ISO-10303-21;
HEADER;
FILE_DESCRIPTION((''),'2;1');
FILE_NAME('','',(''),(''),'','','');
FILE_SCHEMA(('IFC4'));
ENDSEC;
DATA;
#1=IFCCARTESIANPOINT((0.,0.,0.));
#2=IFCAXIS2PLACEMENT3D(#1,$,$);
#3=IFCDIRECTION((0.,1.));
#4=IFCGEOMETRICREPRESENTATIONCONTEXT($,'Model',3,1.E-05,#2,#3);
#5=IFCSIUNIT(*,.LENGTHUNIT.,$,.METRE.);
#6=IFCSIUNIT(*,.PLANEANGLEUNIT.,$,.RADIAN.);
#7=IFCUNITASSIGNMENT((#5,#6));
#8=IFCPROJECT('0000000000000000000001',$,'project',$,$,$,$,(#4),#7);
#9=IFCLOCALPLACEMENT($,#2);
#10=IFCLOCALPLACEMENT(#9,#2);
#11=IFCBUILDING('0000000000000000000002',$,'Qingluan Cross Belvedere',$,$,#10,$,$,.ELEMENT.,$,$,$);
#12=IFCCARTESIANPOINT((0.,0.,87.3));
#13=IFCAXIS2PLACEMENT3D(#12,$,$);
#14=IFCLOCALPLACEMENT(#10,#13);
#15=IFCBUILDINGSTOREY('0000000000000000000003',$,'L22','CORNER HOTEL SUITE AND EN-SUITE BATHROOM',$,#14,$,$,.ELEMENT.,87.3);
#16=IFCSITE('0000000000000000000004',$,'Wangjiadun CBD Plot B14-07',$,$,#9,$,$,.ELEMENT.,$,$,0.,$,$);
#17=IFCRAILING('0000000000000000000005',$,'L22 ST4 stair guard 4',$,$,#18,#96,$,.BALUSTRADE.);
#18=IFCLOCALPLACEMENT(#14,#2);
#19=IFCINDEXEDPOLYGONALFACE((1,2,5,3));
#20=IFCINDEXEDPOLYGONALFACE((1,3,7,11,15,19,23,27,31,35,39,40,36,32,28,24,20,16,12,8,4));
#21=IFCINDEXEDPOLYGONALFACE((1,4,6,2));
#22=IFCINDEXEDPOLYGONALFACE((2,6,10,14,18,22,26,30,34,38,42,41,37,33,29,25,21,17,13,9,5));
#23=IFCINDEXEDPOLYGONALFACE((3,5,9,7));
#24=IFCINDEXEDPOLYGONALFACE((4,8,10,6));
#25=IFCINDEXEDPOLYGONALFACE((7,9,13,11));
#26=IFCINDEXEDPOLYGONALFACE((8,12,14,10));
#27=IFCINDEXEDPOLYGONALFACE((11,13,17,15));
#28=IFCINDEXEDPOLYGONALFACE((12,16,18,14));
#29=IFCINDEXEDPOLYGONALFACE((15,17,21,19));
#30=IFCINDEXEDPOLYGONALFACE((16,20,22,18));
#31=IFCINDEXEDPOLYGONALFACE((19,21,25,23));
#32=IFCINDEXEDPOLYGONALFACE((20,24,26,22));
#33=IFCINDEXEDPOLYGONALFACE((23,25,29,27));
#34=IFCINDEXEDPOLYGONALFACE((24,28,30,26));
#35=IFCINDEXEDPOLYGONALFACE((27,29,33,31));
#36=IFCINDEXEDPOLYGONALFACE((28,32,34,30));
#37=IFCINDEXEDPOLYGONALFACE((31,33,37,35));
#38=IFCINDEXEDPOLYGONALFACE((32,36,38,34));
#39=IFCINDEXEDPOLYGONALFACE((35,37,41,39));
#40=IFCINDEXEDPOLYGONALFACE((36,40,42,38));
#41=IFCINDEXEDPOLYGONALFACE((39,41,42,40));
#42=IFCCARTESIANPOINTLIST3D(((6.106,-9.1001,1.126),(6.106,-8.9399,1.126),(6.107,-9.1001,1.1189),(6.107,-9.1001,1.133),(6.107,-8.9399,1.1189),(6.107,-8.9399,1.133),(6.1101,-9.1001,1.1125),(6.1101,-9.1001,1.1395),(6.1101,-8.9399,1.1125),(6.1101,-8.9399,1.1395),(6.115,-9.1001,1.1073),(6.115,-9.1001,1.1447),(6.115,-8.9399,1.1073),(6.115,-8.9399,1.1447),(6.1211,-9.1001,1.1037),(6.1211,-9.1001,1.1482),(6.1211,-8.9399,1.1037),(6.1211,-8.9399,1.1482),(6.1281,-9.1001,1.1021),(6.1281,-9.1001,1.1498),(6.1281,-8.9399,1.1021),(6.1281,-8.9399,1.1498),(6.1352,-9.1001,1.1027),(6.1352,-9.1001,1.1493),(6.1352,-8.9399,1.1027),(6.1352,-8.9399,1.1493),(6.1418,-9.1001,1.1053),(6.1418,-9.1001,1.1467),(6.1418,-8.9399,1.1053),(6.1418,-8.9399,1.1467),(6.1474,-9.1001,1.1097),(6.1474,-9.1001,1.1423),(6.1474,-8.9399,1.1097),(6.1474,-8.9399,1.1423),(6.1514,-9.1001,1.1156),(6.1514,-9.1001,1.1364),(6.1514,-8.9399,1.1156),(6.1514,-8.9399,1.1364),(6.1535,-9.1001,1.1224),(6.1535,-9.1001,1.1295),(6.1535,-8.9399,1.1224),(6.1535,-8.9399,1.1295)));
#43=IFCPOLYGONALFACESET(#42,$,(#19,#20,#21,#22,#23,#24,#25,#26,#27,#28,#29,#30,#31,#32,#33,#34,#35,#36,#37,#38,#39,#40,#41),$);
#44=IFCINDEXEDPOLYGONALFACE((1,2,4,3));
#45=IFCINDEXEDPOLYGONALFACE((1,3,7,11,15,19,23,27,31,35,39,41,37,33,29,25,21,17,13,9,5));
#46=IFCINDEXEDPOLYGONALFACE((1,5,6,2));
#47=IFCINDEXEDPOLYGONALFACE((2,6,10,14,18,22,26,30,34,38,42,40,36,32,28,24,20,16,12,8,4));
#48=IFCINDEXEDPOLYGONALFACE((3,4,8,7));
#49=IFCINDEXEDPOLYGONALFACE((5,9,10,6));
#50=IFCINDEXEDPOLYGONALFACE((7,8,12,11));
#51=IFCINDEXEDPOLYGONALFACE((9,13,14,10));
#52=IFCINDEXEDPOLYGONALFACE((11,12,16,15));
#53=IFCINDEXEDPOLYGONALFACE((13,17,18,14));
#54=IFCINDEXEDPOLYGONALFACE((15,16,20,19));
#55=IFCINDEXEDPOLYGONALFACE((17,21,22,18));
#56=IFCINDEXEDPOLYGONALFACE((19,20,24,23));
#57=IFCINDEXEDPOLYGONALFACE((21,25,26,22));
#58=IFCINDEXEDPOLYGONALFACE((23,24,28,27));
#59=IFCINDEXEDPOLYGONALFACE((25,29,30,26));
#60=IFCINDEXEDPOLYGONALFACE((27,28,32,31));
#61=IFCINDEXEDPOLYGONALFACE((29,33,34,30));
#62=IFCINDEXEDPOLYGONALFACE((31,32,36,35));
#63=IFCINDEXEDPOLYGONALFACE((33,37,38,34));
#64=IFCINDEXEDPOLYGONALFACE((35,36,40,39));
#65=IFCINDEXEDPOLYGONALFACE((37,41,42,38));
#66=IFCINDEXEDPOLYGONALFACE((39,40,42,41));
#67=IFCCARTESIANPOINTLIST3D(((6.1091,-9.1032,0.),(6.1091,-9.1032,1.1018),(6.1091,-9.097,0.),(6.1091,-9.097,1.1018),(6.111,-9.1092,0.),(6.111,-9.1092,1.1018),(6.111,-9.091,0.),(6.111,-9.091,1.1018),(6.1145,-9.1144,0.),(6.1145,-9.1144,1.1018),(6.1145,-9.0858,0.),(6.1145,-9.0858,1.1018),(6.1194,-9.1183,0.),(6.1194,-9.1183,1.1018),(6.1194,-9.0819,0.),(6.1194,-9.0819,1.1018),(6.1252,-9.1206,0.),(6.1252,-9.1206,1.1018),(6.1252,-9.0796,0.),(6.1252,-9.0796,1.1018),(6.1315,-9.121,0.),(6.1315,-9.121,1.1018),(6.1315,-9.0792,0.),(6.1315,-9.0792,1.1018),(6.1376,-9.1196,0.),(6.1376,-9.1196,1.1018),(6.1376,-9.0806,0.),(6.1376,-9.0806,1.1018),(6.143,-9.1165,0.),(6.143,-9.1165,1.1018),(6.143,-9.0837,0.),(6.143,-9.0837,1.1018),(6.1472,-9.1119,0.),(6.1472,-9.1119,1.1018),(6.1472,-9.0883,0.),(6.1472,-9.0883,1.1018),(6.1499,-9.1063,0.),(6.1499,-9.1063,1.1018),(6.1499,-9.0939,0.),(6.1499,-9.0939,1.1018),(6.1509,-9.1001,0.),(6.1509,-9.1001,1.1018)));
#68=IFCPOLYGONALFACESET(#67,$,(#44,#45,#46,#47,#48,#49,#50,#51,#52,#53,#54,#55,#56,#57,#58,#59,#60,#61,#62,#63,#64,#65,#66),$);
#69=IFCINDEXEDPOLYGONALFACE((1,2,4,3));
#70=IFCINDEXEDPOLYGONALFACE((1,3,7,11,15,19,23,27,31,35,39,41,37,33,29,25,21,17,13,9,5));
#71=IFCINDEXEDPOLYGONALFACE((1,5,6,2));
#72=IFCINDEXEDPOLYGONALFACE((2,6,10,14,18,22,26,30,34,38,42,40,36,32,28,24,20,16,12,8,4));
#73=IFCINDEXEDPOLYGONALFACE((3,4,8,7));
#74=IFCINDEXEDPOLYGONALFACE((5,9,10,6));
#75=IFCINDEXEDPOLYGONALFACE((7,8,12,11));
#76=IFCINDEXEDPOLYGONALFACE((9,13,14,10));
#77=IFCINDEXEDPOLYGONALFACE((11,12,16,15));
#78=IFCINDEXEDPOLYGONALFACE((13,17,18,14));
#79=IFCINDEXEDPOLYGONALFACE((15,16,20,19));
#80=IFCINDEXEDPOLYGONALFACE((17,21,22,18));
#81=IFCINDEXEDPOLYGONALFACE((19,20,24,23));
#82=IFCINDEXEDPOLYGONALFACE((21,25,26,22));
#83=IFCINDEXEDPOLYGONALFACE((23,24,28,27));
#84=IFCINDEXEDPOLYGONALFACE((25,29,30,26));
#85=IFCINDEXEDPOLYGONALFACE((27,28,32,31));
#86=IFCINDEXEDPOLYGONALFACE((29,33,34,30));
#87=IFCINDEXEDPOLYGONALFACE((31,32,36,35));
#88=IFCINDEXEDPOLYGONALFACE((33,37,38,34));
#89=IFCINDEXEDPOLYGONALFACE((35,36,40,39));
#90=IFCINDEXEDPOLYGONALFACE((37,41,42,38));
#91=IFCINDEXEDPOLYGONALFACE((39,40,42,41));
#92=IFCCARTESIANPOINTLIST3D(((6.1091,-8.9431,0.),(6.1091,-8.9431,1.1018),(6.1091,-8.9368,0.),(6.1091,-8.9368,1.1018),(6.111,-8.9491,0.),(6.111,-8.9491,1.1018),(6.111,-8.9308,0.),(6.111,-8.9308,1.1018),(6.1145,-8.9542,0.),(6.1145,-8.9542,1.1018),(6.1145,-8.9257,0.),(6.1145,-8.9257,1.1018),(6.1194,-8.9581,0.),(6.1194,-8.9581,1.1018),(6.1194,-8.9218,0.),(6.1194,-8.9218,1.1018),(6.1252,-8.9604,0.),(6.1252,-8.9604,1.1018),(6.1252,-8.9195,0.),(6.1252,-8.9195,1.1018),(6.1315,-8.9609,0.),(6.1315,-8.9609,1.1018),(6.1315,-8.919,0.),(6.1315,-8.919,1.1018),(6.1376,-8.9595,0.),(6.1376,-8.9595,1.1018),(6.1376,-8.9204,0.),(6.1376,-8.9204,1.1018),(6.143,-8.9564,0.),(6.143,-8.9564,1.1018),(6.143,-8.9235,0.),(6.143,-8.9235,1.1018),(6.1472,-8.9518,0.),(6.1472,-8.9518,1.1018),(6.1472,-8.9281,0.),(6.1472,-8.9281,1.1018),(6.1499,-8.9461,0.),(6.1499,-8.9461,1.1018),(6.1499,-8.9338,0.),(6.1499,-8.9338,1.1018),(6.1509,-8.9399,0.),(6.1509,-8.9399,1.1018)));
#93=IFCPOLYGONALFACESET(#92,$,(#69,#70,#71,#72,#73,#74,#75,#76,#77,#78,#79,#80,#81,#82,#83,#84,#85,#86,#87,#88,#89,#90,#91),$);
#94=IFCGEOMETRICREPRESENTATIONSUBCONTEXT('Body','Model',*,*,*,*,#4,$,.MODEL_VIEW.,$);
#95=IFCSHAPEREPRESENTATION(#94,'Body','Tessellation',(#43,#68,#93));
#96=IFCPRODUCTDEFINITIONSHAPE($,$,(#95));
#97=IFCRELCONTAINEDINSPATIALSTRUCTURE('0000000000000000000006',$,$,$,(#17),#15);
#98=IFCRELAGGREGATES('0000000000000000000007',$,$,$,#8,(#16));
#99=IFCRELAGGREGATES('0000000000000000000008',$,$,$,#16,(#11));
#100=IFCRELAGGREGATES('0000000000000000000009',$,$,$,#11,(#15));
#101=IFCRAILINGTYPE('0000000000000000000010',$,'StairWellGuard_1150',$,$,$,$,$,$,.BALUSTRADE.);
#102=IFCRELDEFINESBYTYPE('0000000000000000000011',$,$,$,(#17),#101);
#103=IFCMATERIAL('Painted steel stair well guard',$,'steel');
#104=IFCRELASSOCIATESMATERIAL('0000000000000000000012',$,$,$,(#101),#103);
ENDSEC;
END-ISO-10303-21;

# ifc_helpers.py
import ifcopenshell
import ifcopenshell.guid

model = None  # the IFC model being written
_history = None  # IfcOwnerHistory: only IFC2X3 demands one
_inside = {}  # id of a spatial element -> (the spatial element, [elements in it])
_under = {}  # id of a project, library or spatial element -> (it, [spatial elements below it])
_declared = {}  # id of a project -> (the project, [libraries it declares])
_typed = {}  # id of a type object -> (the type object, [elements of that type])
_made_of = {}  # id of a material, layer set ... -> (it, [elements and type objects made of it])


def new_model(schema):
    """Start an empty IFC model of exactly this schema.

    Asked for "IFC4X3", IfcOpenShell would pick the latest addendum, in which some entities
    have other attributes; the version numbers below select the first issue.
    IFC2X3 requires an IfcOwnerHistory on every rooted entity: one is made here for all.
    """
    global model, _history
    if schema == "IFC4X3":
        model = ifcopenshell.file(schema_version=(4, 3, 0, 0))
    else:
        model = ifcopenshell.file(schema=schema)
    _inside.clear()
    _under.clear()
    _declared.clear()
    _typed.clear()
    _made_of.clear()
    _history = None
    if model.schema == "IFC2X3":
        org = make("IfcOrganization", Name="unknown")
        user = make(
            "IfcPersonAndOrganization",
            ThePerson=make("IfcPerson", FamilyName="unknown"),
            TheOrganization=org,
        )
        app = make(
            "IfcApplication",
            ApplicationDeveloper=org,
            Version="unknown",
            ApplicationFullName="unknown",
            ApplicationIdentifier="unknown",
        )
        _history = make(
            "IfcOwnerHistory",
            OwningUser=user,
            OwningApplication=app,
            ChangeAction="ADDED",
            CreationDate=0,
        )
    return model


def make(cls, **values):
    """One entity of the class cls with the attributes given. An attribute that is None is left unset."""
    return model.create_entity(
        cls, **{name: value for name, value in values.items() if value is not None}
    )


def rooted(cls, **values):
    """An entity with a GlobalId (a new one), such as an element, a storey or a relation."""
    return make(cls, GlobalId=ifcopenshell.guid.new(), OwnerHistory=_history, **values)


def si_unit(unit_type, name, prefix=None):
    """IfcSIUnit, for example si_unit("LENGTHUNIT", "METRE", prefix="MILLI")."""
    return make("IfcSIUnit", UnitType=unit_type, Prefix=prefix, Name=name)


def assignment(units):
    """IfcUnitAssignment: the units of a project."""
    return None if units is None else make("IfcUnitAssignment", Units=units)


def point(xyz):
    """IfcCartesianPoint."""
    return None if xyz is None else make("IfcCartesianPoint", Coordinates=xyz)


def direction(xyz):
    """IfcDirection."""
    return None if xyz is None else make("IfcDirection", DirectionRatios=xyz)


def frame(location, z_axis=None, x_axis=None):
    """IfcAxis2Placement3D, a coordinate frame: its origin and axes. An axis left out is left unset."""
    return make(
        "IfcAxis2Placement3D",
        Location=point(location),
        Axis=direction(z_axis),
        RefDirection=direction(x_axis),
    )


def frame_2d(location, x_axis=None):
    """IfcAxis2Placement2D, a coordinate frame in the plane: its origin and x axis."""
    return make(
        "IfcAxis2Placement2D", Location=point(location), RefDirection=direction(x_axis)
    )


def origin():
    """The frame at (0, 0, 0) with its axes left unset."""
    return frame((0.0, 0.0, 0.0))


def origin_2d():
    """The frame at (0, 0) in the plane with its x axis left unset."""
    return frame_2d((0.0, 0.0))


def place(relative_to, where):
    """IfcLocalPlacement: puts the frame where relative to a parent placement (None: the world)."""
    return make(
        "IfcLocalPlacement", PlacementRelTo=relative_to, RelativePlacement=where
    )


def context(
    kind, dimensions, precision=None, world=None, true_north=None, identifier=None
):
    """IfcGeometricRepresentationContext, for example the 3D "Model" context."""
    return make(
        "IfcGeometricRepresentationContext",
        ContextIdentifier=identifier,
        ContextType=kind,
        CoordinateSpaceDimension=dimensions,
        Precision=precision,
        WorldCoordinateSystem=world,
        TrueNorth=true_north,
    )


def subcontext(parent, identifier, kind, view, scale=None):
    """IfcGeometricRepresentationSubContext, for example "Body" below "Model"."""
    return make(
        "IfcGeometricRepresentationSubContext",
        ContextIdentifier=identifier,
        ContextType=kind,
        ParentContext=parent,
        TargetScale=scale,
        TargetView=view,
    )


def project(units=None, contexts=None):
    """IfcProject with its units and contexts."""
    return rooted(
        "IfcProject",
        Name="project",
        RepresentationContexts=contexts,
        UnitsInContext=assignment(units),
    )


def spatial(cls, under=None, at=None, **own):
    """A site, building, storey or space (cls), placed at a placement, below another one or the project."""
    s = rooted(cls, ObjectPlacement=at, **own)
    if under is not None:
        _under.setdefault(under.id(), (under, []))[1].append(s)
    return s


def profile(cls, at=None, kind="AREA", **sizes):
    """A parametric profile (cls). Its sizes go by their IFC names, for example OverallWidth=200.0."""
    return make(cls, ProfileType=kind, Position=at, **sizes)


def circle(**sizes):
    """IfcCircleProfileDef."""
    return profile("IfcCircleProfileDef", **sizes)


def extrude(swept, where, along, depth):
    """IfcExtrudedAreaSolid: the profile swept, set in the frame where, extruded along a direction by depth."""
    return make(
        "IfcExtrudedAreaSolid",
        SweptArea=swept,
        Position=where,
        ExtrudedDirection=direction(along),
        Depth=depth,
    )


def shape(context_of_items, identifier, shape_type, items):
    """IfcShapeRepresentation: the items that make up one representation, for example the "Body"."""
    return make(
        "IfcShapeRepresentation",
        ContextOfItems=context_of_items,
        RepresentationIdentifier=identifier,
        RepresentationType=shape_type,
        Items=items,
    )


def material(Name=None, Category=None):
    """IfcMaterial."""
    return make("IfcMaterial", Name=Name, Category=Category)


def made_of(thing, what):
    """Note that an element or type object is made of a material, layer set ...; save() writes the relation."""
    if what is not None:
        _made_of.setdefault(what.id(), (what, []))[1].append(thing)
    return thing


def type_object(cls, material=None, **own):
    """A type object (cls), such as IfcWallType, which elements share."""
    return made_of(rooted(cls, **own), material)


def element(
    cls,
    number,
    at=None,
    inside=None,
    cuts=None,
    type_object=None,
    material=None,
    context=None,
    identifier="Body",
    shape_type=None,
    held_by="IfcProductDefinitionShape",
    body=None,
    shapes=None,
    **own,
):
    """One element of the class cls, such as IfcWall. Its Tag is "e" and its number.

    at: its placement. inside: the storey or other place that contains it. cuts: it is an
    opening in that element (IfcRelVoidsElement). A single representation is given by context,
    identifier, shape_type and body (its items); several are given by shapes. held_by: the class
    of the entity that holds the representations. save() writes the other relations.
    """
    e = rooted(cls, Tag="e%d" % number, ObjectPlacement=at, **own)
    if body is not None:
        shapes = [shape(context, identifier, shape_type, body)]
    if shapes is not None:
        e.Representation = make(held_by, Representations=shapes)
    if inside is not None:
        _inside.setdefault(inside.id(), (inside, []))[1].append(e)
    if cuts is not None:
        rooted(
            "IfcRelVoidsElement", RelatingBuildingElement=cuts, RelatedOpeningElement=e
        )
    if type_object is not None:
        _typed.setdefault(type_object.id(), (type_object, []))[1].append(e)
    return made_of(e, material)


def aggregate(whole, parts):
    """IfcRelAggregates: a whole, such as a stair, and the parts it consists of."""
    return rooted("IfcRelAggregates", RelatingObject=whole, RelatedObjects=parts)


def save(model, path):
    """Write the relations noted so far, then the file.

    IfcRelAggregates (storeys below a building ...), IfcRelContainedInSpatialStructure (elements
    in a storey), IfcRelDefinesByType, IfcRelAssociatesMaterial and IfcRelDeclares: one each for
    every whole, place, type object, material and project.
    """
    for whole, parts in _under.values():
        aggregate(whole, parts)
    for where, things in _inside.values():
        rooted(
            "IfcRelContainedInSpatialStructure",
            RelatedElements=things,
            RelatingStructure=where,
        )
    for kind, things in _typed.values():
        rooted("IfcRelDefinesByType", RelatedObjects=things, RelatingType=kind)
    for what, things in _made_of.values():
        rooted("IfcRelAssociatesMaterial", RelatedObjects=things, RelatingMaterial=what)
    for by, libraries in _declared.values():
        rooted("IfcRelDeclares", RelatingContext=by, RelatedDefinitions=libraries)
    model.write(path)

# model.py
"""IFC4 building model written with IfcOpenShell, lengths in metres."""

from ifc_helpers import new_model, si_unit, direction, frame, origin, origin_2d, place, context, subcontext, project, spatial, circle, extrude, material, type_object, element, save


model = new_model("IFC4")

# Units and contexts
model_context = context("Model", 3, precision=1e-05, world=origin(), true_north=direction((0.0, 1.0)))
body_context = subcontext(model_context, "Body", "Model", "MODEL_VIEW")
ifc_project = project(units=[si_unit("LENGTHUNIT", "METRE"), si_unit("PLANEANGLEUNIT", "RADIAN")], contexts=[model_context])

# Site, building, storey
site_placement = place(None, origin())
site = spatial("IfcSite", under=ifc_project, at=site_placement, Name="Wangjiadun CBD Plot B14-07", CompositionType="ELEMENT", RefElevation=0.0)
building_placement = place(site_placement, origin())
building = spatial("IfcBuilding", under=site, at=building_placement, Name="Qingluan Cross Belvedere", CompositionType="ELEMENT")
storey_placement = place(building_placement, frame((0.0, 0.0, 87.3)))
storey = spatial("IfcBuildingStorey", under=building, at=storey_placement, Name="L22", Description="CORNER HOTEL SUITE AND EN-SUITE BATHROOM", CompositionType="ELEMENT", Elevation=87.3)

# Railing
ifc_material_1 = material(Name="Painted steel stair well guard", Category="steel")
railing_type_1 = type_object("IfcRailingType", Name="StairWellGuard_1150", PredefinedType="BALUSTRADE", material=ifc_material_1)
railing_1_placement = place(storey_placement, frame((6.1299, -9.1001, 0.0)))
element("IfcRailing", 1, at=railing_1_placement, inside=storey, type_object=railing_type_1, Name="L22 ST4 stair guard 4", PredefinedType="BALUSTRADE", context=body_context, shape_type="SweptSolid", body=[
    extrude(circle(Radius=0.0239, at=origin_2d()), frame((0.0, 0.0, 1.126), z_axis=(0.0, 1.0, 0.0), x_axis=(-1.0, 0.0, 0.0)), (0.0, 0.0, 1.0), 0.1602),
    extrude(circle(Radius=0.021, at=origin_2d()), origin(), (0.0, 0.0, 1.0), 1.1018),
    extrude(circle(Radius=0.021, at=origin_2d()), frame((0.0, 0.1602, 0.0)), (0.0, 0.0, 1.0), 1.1018),
])

save(model, "model.ifc")
